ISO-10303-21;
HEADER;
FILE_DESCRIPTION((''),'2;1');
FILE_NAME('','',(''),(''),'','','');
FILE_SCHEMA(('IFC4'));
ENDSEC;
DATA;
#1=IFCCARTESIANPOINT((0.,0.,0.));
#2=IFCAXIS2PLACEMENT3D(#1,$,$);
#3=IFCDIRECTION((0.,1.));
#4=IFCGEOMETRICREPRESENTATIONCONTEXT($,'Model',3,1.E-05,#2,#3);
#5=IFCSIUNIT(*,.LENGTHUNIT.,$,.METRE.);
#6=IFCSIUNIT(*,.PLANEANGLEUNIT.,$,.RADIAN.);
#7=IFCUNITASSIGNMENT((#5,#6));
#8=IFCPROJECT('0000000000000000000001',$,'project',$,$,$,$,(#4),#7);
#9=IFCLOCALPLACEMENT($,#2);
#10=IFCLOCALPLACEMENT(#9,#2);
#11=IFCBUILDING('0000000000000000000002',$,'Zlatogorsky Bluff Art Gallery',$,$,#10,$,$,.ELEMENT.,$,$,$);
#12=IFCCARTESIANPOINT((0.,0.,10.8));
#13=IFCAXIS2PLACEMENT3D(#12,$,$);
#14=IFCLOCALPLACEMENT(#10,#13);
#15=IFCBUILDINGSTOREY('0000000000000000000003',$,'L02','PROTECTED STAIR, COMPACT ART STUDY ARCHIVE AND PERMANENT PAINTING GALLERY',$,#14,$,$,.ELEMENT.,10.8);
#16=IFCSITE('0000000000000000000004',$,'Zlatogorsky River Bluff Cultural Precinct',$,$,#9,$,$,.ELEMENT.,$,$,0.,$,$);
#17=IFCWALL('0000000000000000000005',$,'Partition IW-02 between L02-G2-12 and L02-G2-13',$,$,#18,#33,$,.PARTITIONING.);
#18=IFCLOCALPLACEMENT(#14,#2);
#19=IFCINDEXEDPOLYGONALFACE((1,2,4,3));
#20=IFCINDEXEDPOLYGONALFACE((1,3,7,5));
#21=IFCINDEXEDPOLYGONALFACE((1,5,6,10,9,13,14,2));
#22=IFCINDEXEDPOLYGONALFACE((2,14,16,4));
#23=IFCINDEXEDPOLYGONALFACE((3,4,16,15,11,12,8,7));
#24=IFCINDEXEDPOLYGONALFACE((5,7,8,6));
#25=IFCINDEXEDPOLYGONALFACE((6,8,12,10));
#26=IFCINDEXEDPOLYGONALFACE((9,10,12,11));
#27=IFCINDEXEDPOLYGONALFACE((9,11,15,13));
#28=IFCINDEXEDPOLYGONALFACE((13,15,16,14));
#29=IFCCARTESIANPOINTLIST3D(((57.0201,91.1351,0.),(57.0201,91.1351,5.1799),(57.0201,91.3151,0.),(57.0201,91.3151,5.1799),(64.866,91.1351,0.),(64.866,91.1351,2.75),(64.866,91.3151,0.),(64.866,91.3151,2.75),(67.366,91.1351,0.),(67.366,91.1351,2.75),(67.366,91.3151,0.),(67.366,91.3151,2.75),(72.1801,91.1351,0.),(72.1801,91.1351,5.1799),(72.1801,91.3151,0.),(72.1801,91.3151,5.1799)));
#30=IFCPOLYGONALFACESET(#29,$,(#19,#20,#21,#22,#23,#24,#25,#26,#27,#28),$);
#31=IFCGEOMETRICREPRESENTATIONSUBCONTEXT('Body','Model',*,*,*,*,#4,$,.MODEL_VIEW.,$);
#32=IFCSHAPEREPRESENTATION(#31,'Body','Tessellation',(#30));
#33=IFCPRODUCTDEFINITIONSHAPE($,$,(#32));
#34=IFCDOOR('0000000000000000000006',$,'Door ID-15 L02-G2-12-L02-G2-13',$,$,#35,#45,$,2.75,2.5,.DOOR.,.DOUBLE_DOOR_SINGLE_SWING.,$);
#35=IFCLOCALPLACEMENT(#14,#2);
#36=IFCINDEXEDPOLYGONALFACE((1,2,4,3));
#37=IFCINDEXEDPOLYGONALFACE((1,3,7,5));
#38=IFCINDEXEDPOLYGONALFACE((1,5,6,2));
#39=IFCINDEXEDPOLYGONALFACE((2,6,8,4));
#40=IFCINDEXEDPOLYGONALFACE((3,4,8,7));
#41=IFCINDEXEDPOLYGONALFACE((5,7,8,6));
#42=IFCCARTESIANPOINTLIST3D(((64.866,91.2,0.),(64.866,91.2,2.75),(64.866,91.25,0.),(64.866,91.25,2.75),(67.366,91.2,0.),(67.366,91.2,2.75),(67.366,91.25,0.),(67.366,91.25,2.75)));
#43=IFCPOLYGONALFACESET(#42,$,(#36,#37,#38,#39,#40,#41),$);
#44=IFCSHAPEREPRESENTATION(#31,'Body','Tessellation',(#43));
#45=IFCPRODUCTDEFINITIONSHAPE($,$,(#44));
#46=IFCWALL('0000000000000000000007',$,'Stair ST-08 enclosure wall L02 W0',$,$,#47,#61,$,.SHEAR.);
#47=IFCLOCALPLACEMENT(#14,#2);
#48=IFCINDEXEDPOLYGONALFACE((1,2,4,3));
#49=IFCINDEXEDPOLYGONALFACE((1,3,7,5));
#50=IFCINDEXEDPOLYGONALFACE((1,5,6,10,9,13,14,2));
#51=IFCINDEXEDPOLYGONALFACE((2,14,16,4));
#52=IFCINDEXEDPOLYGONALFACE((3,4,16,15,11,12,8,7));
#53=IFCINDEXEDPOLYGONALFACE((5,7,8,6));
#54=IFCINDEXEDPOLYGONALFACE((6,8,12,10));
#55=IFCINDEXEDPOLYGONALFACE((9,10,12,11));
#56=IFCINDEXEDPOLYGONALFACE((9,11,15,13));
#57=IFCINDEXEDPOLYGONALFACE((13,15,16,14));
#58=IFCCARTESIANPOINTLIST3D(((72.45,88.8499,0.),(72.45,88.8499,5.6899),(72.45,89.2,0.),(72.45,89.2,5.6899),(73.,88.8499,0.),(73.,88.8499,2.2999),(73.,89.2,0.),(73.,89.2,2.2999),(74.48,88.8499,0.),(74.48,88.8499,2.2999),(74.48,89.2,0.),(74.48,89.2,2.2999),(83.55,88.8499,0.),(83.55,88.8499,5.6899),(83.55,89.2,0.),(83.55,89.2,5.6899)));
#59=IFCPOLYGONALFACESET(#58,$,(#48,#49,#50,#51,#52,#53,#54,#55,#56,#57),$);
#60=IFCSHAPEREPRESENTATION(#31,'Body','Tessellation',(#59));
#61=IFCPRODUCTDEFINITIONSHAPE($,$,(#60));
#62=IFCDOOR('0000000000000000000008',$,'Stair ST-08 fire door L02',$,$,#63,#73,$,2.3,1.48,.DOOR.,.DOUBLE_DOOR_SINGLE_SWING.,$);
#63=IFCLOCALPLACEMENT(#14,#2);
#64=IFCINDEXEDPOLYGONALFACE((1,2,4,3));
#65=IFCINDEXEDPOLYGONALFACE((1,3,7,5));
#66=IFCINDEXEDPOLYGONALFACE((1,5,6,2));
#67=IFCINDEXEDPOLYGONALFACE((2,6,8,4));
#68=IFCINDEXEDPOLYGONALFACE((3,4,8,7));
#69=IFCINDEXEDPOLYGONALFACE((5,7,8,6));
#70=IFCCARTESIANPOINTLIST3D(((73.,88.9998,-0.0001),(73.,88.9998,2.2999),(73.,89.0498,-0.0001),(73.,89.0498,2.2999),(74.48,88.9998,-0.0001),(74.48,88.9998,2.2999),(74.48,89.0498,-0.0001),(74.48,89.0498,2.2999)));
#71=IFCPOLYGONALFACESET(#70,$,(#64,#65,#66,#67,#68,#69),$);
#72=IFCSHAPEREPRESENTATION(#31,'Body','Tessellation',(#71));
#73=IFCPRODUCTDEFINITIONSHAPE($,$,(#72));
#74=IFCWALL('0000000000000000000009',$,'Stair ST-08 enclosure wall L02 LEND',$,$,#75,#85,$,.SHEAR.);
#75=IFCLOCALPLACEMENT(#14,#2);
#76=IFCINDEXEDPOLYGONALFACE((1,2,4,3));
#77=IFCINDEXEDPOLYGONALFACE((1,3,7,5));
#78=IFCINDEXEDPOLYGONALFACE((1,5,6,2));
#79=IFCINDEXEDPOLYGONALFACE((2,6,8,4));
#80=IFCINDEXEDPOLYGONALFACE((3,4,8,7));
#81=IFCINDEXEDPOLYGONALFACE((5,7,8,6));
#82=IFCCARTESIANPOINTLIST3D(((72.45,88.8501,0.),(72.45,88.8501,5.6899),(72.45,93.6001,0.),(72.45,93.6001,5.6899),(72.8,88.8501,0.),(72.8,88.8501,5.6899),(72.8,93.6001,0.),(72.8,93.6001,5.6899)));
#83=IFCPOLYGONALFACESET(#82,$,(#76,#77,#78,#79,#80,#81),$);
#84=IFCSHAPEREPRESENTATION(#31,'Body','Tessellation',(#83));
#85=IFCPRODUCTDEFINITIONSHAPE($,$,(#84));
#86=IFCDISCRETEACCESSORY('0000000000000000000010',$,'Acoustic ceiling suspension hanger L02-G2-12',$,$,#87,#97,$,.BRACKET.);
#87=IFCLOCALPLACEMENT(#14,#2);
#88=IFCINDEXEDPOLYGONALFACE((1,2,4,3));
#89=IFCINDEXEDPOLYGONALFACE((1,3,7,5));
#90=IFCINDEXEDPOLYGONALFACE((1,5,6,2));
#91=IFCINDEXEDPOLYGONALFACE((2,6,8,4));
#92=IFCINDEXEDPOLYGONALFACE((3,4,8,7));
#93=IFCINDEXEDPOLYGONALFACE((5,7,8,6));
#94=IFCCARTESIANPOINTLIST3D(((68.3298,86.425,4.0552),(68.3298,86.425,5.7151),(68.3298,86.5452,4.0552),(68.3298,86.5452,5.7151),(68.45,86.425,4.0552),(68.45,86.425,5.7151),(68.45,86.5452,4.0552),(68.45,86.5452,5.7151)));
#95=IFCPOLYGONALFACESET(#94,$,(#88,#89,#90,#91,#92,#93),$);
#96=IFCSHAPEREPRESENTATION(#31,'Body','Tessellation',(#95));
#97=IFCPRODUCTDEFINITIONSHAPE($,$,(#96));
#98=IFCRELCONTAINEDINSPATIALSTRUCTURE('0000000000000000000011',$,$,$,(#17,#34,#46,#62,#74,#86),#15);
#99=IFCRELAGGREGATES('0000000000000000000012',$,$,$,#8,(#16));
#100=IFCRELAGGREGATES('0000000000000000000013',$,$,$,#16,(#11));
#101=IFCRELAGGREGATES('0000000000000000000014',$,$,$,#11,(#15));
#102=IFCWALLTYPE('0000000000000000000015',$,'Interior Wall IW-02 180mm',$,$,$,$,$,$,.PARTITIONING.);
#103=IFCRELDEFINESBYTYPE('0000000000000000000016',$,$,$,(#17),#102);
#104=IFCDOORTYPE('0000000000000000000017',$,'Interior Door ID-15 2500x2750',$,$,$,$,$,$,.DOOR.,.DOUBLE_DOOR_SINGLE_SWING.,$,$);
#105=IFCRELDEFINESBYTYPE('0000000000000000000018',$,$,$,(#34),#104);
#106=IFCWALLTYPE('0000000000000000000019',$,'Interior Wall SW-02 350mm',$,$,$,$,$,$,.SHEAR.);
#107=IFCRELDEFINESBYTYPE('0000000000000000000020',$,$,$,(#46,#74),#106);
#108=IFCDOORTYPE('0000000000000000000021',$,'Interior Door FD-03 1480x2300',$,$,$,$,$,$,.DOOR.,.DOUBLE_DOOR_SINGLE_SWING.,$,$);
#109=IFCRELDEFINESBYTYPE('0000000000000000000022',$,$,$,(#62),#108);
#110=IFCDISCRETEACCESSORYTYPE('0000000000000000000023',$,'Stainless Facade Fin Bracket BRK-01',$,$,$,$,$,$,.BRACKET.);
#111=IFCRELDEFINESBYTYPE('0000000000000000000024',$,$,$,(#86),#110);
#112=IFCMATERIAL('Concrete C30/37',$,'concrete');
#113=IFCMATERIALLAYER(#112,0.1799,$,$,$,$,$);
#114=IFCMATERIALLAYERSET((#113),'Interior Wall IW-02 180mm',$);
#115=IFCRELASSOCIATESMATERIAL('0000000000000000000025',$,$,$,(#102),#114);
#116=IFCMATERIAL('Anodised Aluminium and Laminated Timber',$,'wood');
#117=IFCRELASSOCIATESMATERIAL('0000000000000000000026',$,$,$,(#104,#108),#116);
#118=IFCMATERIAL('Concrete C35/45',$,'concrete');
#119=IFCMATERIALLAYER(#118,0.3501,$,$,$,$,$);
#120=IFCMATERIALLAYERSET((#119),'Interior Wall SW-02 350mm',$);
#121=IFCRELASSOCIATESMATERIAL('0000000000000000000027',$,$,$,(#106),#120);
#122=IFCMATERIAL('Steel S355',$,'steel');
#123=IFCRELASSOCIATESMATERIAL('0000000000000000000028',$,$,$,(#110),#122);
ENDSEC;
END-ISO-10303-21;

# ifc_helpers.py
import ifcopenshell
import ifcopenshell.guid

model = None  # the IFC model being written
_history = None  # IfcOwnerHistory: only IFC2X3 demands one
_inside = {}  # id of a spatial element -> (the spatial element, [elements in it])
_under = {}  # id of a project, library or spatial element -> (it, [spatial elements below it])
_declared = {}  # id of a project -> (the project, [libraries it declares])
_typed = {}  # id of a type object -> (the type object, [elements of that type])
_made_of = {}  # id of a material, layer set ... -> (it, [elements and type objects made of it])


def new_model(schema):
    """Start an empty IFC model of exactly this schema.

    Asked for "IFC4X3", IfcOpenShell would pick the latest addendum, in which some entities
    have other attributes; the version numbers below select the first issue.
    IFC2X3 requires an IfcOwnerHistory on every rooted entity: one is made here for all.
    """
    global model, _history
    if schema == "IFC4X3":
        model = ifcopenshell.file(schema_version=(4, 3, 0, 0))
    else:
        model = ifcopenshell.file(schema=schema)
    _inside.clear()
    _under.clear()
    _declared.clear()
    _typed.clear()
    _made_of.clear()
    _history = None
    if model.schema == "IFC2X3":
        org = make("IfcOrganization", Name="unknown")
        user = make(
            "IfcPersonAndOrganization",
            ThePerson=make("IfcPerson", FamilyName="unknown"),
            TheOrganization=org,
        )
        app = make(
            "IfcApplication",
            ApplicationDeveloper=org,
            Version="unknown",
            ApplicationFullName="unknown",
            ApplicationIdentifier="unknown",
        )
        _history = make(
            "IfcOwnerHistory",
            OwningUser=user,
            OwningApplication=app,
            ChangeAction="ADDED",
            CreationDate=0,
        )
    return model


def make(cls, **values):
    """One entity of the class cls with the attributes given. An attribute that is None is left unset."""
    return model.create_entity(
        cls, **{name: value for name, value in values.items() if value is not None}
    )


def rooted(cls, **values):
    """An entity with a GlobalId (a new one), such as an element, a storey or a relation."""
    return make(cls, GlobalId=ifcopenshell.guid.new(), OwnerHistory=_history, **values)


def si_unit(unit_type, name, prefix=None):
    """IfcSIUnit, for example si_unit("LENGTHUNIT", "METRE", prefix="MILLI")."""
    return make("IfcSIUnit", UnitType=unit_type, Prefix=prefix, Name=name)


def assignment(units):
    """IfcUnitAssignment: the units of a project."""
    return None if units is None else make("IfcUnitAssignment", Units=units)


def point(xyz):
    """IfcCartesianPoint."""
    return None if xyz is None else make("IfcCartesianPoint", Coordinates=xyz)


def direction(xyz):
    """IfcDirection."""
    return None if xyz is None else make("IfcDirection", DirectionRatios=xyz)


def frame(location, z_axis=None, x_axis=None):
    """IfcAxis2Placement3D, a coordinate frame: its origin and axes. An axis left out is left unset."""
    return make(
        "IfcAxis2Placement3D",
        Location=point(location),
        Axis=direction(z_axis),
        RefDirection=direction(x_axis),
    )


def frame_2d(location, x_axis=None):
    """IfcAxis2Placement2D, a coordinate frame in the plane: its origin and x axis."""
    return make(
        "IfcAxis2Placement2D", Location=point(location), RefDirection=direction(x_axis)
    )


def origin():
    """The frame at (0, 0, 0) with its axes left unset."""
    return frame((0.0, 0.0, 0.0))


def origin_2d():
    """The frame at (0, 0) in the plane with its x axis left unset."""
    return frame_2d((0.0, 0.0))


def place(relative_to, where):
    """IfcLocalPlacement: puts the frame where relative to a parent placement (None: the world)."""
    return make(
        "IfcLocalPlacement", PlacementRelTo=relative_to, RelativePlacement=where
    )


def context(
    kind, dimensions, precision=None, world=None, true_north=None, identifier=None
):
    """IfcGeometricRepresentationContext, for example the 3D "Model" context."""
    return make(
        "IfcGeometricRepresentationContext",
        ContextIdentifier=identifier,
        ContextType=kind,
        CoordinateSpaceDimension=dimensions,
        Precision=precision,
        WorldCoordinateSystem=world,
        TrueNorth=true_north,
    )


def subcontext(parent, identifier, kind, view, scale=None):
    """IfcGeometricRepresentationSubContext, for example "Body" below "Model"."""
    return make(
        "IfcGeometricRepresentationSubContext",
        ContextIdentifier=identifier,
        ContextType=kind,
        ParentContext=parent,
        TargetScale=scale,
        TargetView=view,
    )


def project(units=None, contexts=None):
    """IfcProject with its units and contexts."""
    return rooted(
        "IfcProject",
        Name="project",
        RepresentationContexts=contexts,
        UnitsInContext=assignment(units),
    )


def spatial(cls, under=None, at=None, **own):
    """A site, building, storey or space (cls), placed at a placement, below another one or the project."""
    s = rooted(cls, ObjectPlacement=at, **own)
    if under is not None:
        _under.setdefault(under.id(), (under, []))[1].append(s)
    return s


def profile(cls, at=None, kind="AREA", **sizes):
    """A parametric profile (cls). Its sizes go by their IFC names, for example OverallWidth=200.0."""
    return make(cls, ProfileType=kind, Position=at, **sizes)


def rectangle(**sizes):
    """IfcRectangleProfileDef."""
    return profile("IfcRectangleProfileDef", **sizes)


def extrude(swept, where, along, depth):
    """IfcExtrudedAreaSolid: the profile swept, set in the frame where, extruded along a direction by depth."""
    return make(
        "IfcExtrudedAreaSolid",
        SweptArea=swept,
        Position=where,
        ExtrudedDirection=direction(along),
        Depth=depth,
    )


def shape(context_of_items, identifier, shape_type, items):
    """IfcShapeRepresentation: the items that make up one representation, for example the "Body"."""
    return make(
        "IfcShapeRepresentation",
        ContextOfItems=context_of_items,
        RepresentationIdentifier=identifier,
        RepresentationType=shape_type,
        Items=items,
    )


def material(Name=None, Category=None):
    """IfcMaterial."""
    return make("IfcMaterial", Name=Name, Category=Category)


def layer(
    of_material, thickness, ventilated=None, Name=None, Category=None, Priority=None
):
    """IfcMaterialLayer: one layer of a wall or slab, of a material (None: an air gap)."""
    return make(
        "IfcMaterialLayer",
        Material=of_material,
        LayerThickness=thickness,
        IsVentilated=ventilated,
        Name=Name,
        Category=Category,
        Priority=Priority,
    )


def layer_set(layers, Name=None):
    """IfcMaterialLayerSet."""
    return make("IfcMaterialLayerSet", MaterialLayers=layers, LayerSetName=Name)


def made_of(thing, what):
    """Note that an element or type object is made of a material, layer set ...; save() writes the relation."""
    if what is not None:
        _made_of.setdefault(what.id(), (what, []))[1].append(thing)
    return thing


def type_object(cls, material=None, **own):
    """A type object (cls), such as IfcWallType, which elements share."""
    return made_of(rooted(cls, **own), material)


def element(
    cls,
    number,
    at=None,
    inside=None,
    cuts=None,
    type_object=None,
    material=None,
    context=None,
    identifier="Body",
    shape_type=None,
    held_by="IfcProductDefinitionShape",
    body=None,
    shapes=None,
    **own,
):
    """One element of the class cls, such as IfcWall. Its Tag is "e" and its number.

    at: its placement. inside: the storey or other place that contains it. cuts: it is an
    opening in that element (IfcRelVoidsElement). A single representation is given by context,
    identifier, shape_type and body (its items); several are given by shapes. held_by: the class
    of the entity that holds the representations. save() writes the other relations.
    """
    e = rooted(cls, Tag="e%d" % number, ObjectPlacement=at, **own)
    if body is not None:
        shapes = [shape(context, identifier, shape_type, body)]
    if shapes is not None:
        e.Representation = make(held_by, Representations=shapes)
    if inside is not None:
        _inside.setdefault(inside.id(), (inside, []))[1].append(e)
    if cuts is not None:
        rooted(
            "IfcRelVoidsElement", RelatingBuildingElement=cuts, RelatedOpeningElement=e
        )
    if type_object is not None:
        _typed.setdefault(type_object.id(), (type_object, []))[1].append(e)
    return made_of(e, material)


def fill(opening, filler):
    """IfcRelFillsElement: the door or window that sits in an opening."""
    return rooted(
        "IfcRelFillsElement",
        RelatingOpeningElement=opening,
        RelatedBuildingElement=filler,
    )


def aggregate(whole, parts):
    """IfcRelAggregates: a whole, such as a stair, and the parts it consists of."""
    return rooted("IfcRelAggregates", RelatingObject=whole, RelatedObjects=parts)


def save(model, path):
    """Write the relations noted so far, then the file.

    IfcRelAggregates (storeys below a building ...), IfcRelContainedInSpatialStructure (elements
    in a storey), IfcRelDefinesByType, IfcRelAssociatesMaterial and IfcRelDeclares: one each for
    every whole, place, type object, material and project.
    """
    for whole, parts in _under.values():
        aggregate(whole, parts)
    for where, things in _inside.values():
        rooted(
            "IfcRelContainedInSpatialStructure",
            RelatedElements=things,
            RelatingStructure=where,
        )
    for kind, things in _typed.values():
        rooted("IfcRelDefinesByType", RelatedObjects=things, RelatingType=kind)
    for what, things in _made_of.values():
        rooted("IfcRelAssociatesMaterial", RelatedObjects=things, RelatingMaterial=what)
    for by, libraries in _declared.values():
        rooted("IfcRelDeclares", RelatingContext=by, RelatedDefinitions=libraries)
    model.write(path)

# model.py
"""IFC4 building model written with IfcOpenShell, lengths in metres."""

from ifc_helpers import new_model, si_unit, direction, frame, frame_2d, origin, origin_2d, place, context, subcontext, project, spatial, rectangle, extrude, material, layer, layer_set, type_object, element, fill, save


model = new_model("IFC4")

# Units and contexts
model_context = context("Model", 3, precision=1e-05, world=origin(), true_north=direction((0.0, 1.0)))
body_context = subcontext(model_context, "Body", "Model", "MODEL_VIEW")
ifc_project = project(units=[si_unit("LENGTHUNIT", "METRE"), si_unit("PLANEANGLEUNIT", "RADIAN")], contexts=[model_context])

# Site, building, storey
site_placement = place(None, origin())
site = spatial("IfcSite", under=ifc_project, at=site_placement, Name="Zlatogorsky River Bluff Cultural Precinct", CompositionType="ELEMENT", RefElevation=0.0)
building_placement = place(site_placement, origin())
building = spatial("IfcBuilding", under=site, at=building_placement, Name="Zlatogorsky Bluff Art Gallery", CompositionType="ELEMENT")
storey_placement = place(building_placement, frame((0.0, 0.0, 10.8)))
storey = spatial("IfcBuildingStorey", under=building, at=storey_placement, Name="L02", Description="PROTECTED STAIR, COMPACT ART STUDY ARCHIVE AND PERMANENT PAINTING GALLERY", CompositionType="ELEMENT", Elevation=10.8)

# Shared definitions
ifc_material_1 = material(Name="Steel S355", Category="steel")

# Shared definitions
ifc_material_2 = material(Name="Concrete C30/37", Category="concrete")
ifc_layer_1 = layer(ifc_material_2, 0.1799)
ifc_layer_set_1 = layer_set([ifc_layer_1], Name="Interior Wall IW-02 180mm")
wall_type_1 = type_object("IfcWallType", Name="Interior Wall IW-02 180mm", PredefinedType="PARTITIONING", material=ifc_layer_set_1)

# Walls, openings, doors
wall_1_placement = place(storey_placement, frame((57.02, 91.2251, 0.0), z_axis=(0.0, 0.0, 1.0), x_axis=(1.0, 0.0, 0.0)))
wall_1 = element("IfcWall", 1, at=wall_1_placement, inside=storey, type_object=wall_type_1, Name="Partition IW-02 between L02-G2-12 and L02-G2-13", PredefinedType="PARTITIONING", context=body_context, shape_type="SweptSolid", body=[
    extrude(rectangle(XDim=15.1599, YDim=0.1799, at=frame_2d((7.5801, 0.0))), origin(), (0.0, 0.0, 1.0), 5.1799),
])
opening_1_placement = place(wall_1_placement, frame((7.8459, 0.0, 0.0)))
opening_1 = element("IfcOpeningElement", 2, at=opening_1_placement, cuts=wall_1, PredefinedType="OPENING", context=body_context, shape_type="SweptSolid", body=[
    extrude(rectangle(XDim=2.5, YDim=2.75, at=frame_2d((1.25, 1.375))), frame((0.0, 0.0999, 0.0), z_axis=(0.0, -1.0, 0.0), x_axis=(1.0, 0.0, 0.0)), (0.0, 0.0, 1.0), 0.2),
])
ifc_material_3 = material(Name="Anodised Aluminium and Laminated Timber", Category="wood")
door_type_1 = type_object("IfcDoorType", Name="Interior Door ID-15 2500x2750", OperationType="DOUBLE_DOOR_SINGLE_SWING", PredefinedType="DOOR", material=ifc_material_3)
door_1_placement = place(opening_1_placement, origin())
door_1 = element("IfcDoor", 3, at=door_1_placement, inside=storey, type_object=door_type_1, Name="Door ID-15 L02-G2-12-L02-G2-13", OperationType="DOUBLE_DOOR_SINGLE_SWING", OverallHeight=2.75, OverallWidth=2.5, PredefinedType="DOOR", context=body_context, shape_type="SweptSolid", body=[
    extrude(rectangle(XDim=2.5, YDim=2.75, at=frame_2d((1.25, 1.375))), frame((0.0, 0.0249, 0.0), z_axis=(0.0, -1.0, 0.0), x_axis=(1.0, 0.0, 0.0)), (0.0, 0.0, 1.0), 0.05),
])
fill(opening_1, door_1)
ifc_material_4 = material(Name="Concrete C35/45", Category="concrete")
ifc_layer_2 = layer(ifc_material_4, 0.3501)
ifc_layer_set_2 = layer_set([ifc_layer_2], Name="Interior Wall SW-02 350mm")
wall_type_2 = type_object("IfcWallType", Name="Interior Wall SW-02 350mm", PredefinedType="SHEAR", material=ifc_layer_set_2)
wall_2_placement = place(storey_placement, frame((72.45, 89.0249, 0.0), z_axis=(0.0, 0.0, 1.0), x_axis=(1.0, 0.0, 0.0)))
wall_2 = element("IfcWall", 4, at=wall_2_placement, inside=storey, type_object=wall_type_2, Name="Stair ST-08 enclosure wall L02 W0", PredefinedType="SHEAR", context=body_context, shape_type="SweptSolid", body=[
    extrude(rectangle(XDim=11.1001, YDim=0.3501, at=frame_2d((5.55, 0.0))), origin(), (0.0, 0.0, 1.0), 5.6899),
])
opening_2_placement = place(wall_2_placement, frame((0.55, 0.0, 0.0)))
opening_2 = element("IfcOpeningElement", 5, at=opening_2_placement, cuts=wall_2, PredefinedType="OPENING", context=body_context, shape_type="SweptSolid", body=[
    extrude(rectangle(XDim=1.48, YDim=2.3, at=frame_2d((0.74, 1.1499))), frame((0.0, 0.1851, 0.0), z_axis=(0.0, -1.0, 0.0), x_axis=(1.0, 0.0, 0.0)), (0.0, 0.0, 1.0), 0.3701),
])
door_type_2 = type_object("IfcDoorType", Name="Interior Door FD-03 1480x2300", OperationType="DOUBLE_DOOR_SINGLE_SWING", PredefinedType="DOOR", material=ifc_material_3)
door_2_placement = place(opening_2_placement, origin())
door_2 = element("IfcDoor", 6, at=door_2_placement, inside=storey, type_object=door_type_2, Name="Stair ST-08 fire door L02", OperationType="DOUBLE_DOOR_SINGLE_SWING", OverallHeight=2.3, OverallWidth=1.48, PredefinedType="DOOR", context=body_context, shape_type="SweptSolid", body=[
    extrude(rectangle(XDim=1.48, YDim=2.3, at=frame_2d((0.74, 1.1499))), frame((0.0, 0.0249, 0.0), z_axis=(0.0, -1.0, 0.0), x_axis=(1.0, 0.0, 0.0)), (0.0, 0.0, 1.0), 0.05),
])
fill(opening_2, door_2)

# Wall
wall_3_placement = place(storey_placement, frame((72.625, 93.6001, 0.0), z_axis=(0.0, 0.0, 1.0), x_axis=(0.0, -1.0, 0.0)))
element("IfcWall", 7, at=wall_3_placement, inside=storey, type_object=wall_type_2, Name="Stair ST-08 enclosure wall L02 LEND", PredefinedType="SHEAR", context=body_context, shape_type="SweptSolid", body=[
    extrude(rectangle(XDim=4.75, YDim=0.3501, at=frame_2d((2.375, 0.0))), origin(), (0.0, 0.0, 1.0), 5.6899),
])

# Discrete accessory
discrete_accessory_type = type_object("IfcDiscreteAccessoryType", Name="Stainless Facade Fin Bracket BRK-01", PredefinedType="BRACKET", material=ifc_material_1)
discrete_accessory_placement = place(storey_placement, frame((68.3899, 86.4851, 4.0552), z_axis=(0.0, 0.0, 1.0), x_axis=(1.0, 0.0, 0.0)))
element("IfcDiscreteAccessory", 8, at=discrete_accessory_placement, inside=storey, type_object=discrete_accessory_type, Name="Acoustic ceiling suspension hanger L02-G2-12", PredefinedType="BRACKET", context=body_context, shape_type="SweptSolid", body=[
    extrude(rectangle(XDim=0.1201, YDim=0.1201, at=origin_2d()), origin(), (0.0, 0.0, 1.0), 1.6599),
])

save(model, "model.ifc")
